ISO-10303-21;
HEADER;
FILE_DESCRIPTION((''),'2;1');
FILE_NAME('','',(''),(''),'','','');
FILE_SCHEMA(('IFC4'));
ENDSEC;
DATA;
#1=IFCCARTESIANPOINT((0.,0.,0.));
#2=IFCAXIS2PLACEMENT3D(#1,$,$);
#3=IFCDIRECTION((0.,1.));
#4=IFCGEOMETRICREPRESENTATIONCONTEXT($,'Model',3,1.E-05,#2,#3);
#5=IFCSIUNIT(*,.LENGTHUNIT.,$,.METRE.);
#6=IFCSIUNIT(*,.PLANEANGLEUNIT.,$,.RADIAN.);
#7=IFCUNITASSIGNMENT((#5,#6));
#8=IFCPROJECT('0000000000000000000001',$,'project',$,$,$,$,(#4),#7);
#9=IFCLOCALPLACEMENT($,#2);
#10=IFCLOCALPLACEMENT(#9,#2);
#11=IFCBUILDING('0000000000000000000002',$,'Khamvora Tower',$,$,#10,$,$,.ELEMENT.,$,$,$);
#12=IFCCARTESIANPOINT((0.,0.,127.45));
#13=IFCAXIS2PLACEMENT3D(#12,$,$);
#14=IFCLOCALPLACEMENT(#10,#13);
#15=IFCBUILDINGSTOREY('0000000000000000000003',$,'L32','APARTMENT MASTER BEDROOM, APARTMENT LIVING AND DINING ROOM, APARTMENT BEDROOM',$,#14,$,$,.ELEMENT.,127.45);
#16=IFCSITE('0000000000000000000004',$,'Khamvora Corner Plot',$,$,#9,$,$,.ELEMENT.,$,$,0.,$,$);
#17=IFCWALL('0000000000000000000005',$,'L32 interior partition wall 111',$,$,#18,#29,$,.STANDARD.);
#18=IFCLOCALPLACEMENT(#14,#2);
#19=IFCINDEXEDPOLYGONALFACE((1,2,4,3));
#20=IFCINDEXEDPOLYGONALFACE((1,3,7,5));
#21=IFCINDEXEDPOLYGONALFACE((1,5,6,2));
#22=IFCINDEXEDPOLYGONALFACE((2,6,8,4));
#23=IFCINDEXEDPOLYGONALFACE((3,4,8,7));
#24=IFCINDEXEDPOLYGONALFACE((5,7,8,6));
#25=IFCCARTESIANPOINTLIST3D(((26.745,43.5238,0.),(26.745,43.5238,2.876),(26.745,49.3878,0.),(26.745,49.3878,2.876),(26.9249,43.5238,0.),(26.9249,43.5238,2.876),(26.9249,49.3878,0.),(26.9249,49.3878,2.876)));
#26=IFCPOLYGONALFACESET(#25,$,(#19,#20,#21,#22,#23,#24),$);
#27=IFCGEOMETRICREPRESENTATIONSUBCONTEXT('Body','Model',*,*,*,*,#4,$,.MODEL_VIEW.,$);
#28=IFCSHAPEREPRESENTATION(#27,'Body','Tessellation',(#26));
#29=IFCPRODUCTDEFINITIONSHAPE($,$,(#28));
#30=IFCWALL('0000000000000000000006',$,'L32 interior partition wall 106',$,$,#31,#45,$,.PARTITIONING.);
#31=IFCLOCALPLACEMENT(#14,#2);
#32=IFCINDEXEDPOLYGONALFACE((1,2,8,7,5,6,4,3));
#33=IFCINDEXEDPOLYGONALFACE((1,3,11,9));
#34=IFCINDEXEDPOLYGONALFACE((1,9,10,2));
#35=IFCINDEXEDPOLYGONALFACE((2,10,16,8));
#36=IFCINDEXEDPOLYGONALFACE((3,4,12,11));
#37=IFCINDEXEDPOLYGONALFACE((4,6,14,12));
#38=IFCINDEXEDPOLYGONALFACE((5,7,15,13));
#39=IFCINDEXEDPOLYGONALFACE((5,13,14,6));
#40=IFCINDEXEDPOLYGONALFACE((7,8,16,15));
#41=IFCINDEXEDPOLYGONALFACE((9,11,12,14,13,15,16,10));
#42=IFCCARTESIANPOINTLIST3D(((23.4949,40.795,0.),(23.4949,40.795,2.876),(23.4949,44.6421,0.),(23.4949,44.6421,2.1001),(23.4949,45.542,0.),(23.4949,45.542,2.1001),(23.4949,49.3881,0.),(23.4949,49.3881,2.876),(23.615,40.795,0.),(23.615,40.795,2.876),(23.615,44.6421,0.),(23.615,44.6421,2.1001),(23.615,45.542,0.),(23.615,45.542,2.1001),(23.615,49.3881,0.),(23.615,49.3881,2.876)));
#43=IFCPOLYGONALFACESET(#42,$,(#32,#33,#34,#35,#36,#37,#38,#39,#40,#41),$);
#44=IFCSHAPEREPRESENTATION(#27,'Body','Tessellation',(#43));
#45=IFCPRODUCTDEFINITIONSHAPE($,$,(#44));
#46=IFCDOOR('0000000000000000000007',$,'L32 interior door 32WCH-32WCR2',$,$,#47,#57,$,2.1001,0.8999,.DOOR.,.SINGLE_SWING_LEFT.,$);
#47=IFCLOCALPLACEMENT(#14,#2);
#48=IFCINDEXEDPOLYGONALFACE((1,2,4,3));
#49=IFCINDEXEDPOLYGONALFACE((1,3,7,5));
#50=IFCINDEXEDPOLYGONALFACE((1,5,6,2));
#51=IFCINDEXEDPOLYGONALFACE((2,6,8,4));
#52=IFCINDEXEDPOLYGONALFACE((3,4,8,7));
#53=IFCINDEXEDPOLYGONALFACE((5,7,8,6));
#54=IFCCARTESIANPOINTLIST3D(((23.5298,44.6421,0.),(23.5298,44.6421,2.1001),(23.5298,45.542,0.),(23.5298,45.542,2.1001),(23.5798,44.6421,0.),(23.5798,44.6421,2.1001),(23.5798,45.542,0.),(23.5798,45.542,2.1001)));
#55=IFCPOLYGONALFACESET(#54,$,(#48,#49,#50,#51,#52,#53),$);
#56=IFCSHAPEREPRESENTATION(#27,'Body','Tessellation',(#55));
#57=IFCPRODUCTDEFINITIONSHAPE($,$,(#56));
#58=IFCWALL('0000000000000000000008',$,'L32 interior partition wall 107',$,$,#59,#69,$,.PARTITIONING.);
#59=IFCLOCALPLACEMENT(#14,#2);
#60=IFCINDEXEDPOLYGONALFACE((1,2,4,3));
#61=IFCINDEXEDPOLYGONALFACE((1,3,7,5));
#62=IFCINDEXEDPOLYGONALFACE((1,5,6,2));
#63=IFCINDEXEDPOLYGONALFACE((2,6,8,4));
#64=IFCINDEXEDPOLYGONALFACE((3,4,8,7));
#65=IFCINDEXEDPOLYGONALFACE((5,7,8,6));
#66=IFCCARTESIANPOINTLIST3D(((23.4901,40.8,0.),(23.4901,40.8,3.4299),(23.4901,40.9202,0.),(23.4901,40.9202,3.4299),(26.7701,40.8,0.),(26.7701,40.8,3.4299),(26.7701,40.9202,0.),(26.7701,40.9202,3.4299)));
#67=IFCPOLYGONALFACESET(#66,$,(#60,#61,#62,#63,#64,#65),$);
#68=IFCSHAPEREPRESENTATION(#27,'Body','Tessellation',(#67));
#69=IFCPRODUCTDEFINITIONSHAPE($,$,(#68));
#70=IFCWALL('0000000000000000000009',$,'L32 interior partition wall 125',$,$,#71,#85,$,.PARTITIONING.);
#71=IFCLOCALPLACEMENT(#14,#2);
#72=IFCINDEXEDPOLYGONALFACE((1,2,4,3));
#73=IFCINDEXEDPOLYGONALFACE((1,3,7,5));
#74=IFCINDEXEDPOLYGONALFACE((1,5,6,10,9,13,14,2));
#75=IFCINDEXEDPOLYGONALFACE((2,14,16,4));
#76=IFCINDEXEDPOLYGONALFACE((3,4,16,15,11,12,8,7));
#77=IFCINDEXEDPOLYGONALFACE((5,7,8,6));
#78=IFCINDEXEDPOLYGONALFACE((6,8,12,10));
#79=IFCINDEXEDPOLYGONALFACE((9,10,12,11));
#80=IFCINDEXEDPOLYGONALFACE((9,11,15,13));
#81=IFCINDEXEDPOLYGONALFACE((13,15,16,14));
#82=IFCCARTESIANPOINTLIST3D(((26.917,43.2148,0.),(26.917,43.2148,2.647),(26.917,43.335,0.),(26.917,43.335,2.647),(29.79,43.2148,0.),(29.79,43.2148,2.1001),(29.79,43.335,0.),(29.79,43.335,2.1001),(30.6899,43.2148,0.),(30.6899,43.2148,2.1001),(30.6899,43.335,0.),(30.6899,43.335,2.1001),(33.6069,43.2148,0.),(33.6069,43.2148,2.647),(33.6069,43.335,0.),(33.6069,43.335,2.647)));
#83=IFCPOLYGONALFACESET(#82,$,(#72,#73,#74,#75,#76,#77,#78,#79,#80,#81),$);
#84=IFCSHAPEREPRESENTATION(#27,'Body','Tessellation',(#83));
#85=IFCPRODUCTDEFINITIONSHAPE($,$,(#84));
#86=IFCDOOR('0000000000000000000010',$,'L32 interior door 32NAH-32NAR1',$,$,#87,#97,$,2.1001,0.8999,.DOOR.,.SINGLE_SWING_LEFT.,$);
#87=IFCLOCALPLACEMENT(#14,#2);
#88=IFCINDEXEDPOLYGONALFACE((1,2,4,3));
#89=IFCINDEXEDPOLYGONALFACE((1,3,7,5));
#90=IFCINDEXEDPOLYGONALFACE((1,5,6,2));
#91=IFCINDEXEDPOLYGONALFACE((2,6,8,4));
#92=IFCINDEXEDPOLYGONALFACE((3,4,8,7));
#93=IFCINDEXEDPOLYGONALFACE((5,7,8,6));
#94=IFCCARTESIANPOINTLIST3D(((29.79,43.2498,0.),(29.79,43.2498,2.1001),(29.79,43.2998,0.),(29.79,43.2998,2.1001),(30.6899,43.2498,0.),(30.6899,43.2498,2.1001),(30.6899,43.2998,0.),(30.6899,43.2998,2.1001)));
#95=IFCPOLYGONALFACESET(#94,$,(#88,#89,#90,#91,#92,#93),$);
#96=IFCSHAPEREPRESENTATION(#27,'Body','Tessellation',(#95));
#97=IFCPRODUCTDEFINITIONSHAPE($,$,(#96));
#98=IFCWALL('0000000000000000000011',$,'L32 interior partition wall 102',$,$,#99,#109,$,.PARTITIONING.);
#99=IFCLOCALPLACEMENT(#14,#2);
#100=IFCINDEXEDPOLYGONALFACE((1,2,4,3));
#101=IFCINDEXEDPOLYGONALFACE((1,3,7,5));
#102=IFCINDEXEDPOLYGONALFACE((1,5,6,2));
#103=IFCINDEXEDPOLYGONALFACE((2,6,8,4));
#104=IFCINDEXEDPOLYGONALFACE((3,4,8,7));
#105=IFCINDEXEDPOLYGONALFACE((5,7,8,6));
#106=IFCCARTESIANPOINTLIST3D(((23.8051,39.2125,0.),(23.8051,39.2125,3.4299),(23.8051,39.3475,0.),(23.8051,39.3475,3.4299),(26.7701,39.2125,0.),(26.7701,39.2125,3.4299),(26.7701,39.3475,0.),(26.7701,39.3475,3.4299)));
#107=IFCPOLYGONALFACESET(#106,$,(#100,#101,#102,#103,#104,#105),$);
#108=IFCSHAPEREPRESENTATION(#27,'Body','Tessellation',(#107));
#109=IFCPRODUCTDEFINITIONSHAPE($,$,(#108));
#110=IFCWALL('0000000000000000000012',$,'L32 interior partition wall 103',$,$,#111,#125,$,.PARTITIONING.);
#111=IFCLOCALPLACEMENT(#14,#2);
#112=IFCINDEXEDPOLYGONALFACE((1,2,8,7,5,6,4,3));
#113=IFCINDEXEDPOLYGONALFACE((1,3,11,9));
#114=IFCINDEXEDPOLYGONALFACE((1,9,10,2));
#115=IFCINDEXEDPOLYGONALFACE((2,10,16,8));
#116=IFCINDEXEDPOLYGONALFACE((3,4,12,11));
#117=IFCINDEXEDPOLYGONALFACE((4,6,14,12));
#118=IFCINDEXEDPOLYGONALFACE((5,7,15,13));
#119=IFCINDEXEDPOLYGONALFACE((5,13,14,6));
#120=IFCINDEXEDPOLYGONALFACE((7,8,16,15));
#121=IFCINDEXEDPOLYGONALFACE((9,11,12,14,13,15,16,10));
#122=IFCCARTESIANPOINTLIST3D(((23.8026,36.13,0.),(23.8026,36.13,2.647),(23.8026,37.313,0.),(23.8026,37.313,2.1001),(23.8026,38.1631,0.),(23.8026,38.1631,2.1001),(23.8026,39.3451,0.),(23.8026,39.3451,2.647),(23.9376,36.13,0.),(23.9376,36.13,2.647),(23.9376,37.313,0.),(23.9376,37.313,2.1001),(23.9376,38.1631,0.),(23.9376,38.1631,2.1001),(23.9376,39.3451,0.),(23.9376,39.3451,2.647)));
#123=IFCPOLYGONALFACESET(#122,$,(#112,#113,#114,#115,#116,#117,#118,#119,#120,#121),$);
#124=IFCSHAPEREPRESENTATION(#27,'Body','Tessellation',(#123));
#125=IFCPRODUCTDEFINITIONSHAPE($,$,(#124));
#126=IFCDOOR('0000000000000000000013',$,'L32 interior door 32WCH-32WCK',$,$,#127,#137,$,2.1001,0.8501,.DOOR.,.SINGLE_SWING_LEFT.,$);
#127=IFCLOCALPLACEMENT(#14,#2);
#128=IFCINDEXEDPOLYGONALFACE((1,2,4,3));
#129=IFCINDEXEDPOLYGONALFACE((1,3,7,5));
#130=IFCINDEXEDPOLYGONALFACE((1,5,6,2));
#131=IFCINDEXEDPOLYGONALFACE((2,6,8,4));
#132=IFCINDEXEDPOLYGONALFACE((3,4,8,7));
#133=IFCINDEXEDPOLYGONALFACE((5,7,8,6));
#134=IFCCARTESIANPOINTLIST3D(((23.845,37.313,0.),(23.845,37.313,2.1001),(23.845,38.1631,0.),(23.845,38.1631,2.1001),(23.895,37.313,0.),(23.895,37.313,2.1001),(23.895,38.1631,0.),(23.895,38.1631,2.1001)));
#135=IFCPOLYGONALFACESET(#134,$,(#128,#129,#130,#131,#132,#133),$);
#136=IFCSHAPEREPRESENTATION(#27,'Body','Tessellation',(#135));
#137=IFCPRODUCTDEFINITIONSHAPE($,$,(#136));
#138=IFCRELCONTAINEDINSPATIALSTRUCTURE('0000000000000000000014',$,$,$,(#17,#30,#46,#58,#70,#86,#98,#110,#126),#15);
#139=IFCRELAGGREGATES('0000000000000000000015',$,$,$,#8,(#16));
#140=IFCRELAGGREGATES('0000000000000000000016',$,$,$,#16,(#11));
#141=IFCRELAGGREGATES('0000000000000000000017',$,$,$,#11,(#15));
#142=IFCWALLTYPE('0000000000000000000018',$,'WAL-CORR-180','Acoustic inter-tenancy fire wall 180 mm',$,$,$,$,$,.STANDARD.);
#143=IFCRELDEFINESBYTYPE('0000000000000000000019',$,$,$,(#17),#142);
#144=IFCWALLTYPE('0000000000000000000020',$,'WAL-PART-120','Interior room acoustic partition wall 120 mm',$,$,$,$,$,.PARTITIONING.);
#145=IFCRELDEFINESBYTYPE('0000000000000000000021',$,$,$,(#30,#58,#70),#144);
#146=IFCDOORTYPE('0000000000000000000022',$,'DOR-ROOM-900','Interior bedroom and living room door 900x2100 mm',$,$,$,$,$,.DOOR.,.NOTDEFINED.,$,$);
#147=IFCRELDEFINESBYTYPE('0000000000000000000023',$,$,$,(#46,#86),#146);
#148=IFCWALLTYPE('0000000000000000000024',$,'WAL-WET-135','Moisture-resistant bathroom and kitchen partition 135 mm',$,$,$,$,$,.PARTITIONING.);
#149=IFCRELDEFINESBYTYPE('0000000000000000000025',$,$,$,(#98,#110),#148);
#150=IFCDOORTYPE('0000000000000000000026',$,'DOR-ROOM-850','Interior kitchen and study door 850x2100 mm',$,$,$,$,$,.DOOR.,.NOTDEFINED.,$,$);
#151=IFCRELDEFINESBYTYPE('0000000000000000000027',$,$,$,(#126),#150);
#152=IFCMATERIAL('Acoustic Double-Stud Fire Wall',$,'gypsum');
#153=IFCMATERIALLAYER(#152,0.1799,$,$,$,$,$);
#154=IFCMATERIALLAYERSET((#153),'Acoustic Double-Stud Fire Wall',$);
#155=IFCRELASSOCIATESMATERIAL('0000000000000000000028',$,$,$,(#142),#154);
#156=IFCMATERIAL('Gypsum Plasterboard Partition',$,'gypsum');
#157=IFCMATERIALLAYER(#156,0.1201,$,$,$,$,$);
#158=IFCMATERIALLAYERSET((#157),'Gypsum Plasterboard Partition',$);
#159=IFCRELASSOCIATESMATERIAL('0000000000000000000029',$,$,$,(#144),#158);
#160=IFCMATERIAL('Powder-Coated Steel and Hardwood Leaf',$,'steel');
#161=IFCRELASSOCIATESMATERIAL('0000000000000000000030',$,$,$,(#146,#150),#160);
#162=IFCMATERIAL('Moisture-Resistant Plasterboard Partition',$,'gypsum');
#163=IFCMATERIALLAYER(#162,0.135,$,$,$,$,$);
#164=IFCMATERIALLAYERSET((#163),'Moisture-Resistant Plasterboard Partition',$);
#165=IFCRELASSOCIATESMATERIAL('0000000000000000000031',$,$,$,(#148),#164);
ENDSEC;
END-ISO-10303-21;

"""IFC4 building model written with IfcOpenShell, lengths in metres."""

from ifc_helpers import new_model, si_unit, direction, frame, frame_2d, origin, place, context, subcontext, project, spatial, rectangle, extrude, material, layer, layer_set, type_object, element, fill, save


model = new_model("IFC4")

# Units and contexts
model_context = context("Model", 3, precision=1e-05, world=origin(), true_north=direction((0.0, 1.0)))
body_context = subcontext(model_context, "Body", "Model", "MODEL_VIEW")
ifc_project = project(units=[si_unit("LENGTHUNIT", "METRE"), si_unit("PLANEANGLEUNIT", "RADIAN")], contexts=[model_context])

# Site, building, storey
site_placement = place(None, origin())
site = spatial("IfcSite", under=ifc_project, at=site_placement, Name="Khamvora Corner Plot", CompositionType="ELEMENT", RefElevation=0.0)
building_placement = place(site_placement, origin())
building = spatial("IfcBuilding", under=site, at=building_placement, Name="Khamvora Tower", CompositionType="ELEMENT")
storey_placement = place(building_placement, frame((0.0, 0.0, 127.45)))
storey = spatial("IfcBuildingStorey", under=building, at=storey_placement, Name="L32", Description="APARTMENT MASTER BEDROOM, APARTMENT LIVING AND DINING ROOM, APARTMENT BEDROOM", CompositionType="ELEMENT", Elevation=127.45)

# Shared definitions
ifc_material_1 = material(Name="Powder-Coated Steel and Hardwood Leaf", Category="steel")

# Wall
ifc_material_2 = material(Name="Acoustic Double-Stud Fire Wall", Category="gypsum")
ifc_layer_1 = layer(ifc_material_2, 0.1799)
ifc_layer_set_1 = layer_set([ifc_layer_1], Name="Acoustic Double-Stud Fire Wall")
wall_type_1 = type_object("IfcWallType", Name="WAL-CORR-180", Description="Acoustic inter-tenancy fire wall 180 mm", PredefinedType="STANDARD", material=ifc_layer_set_1)
wall_1_placement = place(storey_placement, frame((26.835, 49.3879, 0.0), z_axis=(0.0, 0.0, 1.0), x_axis=(0.0, -1.0, 0.0)))
element("IfcWall", 1, at=wall_1_placement, inside=storey, type_object=wall_type_1, Name="L32 interior partition wall 111", PredefinedType="STANDARD", context=body_context, shape_type="SweptSolid", body=[
    extrude(rectangle(XDim=5.864, YDim=0.1799, at=frame_2d((2.9321, 0.0))), origin(), (0.0, 0.0, 1.0), 2.876),
])

# Wall, opening, door
ifc_material_3 = material(Name="Gypsum Plasterboard Partition", Category="gypsum")
ifc_layer_2 = layer(ifc_material_3, 0.1201)
ifc_layer_set_2 = layer_set([ifc_layer_2], Name="Gypsum Plasterboard Partition")
wall_type_2 = type_object("IfcWallType", Name="WAL-PART-120", Description="Interior room acoustic partition wall 120 mm", PredefinedType="PARTITIONING", material=ifc_layer_set_2)
wall_2_placement = place(storey_placement, frame((23.5549, 49.3879, 0.0), z_axis=(0.0, 0.0, 1.0), x_axis=(0.0, -1.0, 0.0)))
wall_2 = element("IfcWall", 2, at=wall_2_placement, inside=storey, type_object=wall_type_2, Name="L32 interior partition wall 106", PredefinedType="PARTITIONING", context=body_context, shape_type="SweptSolid", body=[
    extrude(rectangle(XDim=8.593, YDim=0.1201, at=frame_2d((4.2964, 0.0))), origin(), (0.0, 0.0, 1.0), 2.876),
])
opening_1_placement = place(wall_2_placement, frame((3.8459, 0.0, 0.0)))
opening_1 = element("IfcOpeningElement", 3, at=opening_1_placement, cuts=wall_2, PredefinedType="OPENING", context=body_context, shape_type="SweptSolid", body=[
    extrude(rectangle(XDim=0.8999, YDim=2.1001, at=frame_2d((0.45, 1.05))), frame((0.0, 0.0701, 0.0), z_axis=(0.0, -1.0, 0.0), x_axis=(1.0, 0.0, 0.0)), (0.0, 0.0, 1.0), 0.1401),
])
door_type_1 = type_object("IfcDoorType", Name="DOR-ROOM-900", Description="Interior bedroom and living room door 900x2100 mm", OperationType="NOTDEFINED", PredefinedType="DOOR", material=ifc_material_1)
door_1_placement = place(opening_1_placement, origin())
door_1 = element("IfcDoor", 4, at=door_1_placement, inside=storey, type_object=door_type_1, Name="L32 interior door 32WCH-32WCR2", OperationType="SINGLE_SWING_LEFT", OverallHeight=2.1001, OverallWidth=0.8999, PredefinedType="DOOR", context=body_context, shape_type="SweptSolid", body=[
    extrude(rectangle(XDim=0.8999, YDim=2.1001, at=frame_2d((0.45, 1.05))), frame((0.0, 0.0249, 0.0), z_axis=(0.0, -1.0, 0.0), x_axis=(1.0, 0.0, 0.0)), (0.0, 0.0, 1.0), 0.05),
])
fill(opening_1, door_1)

# Wall
wall_3_placement = place(storey_placement, frame((23.49, 40.8601, 0.0), z_axis=(0.0, 0.0, 1.0), x_axis=(1.0, 0.0, 0.0)))
element("IfcWall", 5, at=wall_3_placement, inside=storey, type_object=wall_type_2, Name="L32 interior partition wall 107", PredefinedType="PARTITIONING", context=body_context, shape_type="SweptSolid", body=[
    extrude(rectangle(XDim=3.28, YDim=0.1201, at=frame_2d((1.6401, 0.0))), origin(), (0.0, 0.0, 1.0), 3.4299),
])

# Wall, opening, door
wall_4_placement = place(storey_placement, frame((26.917, 43.2749, 0.0), z_axis=(0.0, 0.0, 1.0), x_axis=(1.0, 0.0, 0.0)))
wall_4 = element("IfcWall", 6, at=wall_4_placement, inside=storey, type_object=wall_type_2, Name="L32 interior partition wall 125", PredefinedType="PARTITIONING", context=body_context, shape_type="SweptSolid", body=[
    extrude(rectangle(XDim=6.6899, YDim=0.1201, at=frame_2d((3.345, 0.0))), origin(), (0.0, 0.0, 1.0), 2.647),
])
opening_2_placement = place(wall_4_placement, frame((2.873, 0.0, 0.0)))
opening_2 = element("IfcOpeningElement", 7, at=opening_2_placement, cuts=wall_4, PredefinedType="OPENING", context=body_context, shape_type="SweptSolid", body=[
    extrude(rectangle(XDim=0.8999, YDim=2.1001, at=frame_2d((0.45, 1.05))), frame((0.0, 0.0701, 0.0), z_axis=(0.0, -1.0, 0.0), x_axis=(1.0, 0.0, 0.0)), (0.0, 0.0, 1.0), 0.1401),
])
door_2_placement = place(opening_2_placement, origin())
door_2 = element("IfcDoor", 8, at=door_2_placement, inside=storey, type_object=door_type_1, Name="L32 interior door 32NAH-32NAR1", OperationType="SINGLE_SWING_LEFT", OverallHeight=2.1001, OverallWidth=0.8999, PredefinedType="DOOR", context=body_context, shape_type="SweptSolid", body=[
    extrude(rectangle(XDim=0.8999, YDim=2.1001, at=frame_2d((0.45, 1.05))), frame((0.0, 0.0249, 0.0), z_axis=(0.0, -1.0, 0.0), x_axis=(1.0, 0.0, 0.0)), (0.0, 0.0, 1.0), 0.05),
])
fill(opening_2, door_2)

# Wall
ifc_material_4 = material(Name="Moisture-Resistant Plasterboard Partition", Category="gypsum")
ifc_layer_3 = layer(ifc_material_4, 0.135)
ifc_layer_set_3 = layer_set([ifc_layer_3], Name="Moisture-Resistant Plasterboard Partition")
wall_type_3 = type_object("IfcWallType", Name="WAL-WET-135", Description="Moisture-resistant bathroom and kitchen partition 135 mm", PredefinedType="PARTITIONING", material=ifc_layer_set_3)
wall_5_placement = place(storey_placement, frame((26.77, 39.28, 0.0), z_axis=(0.0, 0.0, 1.0), x_axis=(-1.0, 0.0, 0.0)))
element("IfcWall", 9, at=wall_5_placement, inside=storey, type_object=wall_type_3, Name="L32 interior partition wall 102", PredefinedType="PARTITIONING", context=body_context, shape_type="SweptSolid", body=[
    extrude(rectangle(XDim=2.9651, YDim=0.135, at=frame_2d((1.4824, 0.0))), origin(), (0.0, 0.0, 1.0), 3.4299),
])

# Wall, opening, door
wall_6_placement = place(storey_placement, frame((23.8701, 39.345, 0.0), z_axis=(0.0, 0.0, 1.0), x_axis=(0.0, -1.0, 0.0)))
wall_6 = element("IfcWall", 10, at=wall_6_placement, inside=storey, type_object=wall_type_3, Name="L32 interior partition wall 103", PredefinedType="PARTITIONING", context=body_context, shape_type="SweptSolid", body=[
    extrude(rectangle(XDim=3.2151, YDim=0.135, at=frame_2d((1.6074, 0.0))), origin(), (0.0, 0.0, 1.0), 2.647),
])
opening_3_placement = place(wall_6_placement, frame((1.1819, 0.0, 0.0)))
opening_3 = element("IfcOpeningElement", 11, at=opening_3_placement, cuts=wall_6, PredefinedType="OPENING", context=body_context, shape_type="SweptSolid", body=[
    extrude(rectangle(XDim=0.8501, YDim=2.1001, at=frame_2d((0.425, 1.05))), frame((0.0, 0.0774, 0.0), z_axis=(0.0, -1.0, 0.0), x_axis=(1.0, 0.0, 0.0)), (0.0, 0.0, 1.0), 0.155),
])
door_type_2 = type_object("IfcDoorType", Name="DOR-ROOM-850", Description="Interior kitchen and study door 850x2100 mm", OperationType="NOTDEFINED", PredefinedType="DOOR", material=ifc_material_1)
door_3_placement = place(opening_3_placement, origin())
door_3 = element("IfcDoor", 12, at=door_3_placement, inside=storey, type_object=door_type_2, Name="L32 interior door 32WCH-32WCK", OperationType="SINGLE_SWING_LEFT", OverallHeight=2.1001, OverallWidth=0.8501, PredefinedType="DOOR", context=body_context, shape_type="SweptSolid", body=[
    extrude(rectangle(XDim=0.8501, YDim=2.1001, at=frame_2d((0.425, 1.05))), frame((0.0, 0.0249, 0.0), z_axis=(0.0, -1.0, 0.0), x_axis=(1.0, 0.0, 0.0)), (0.0, 0.0, 1.0), 0.05),
])
fill(opening_3, door_3)

save(model, "model.ifc")
